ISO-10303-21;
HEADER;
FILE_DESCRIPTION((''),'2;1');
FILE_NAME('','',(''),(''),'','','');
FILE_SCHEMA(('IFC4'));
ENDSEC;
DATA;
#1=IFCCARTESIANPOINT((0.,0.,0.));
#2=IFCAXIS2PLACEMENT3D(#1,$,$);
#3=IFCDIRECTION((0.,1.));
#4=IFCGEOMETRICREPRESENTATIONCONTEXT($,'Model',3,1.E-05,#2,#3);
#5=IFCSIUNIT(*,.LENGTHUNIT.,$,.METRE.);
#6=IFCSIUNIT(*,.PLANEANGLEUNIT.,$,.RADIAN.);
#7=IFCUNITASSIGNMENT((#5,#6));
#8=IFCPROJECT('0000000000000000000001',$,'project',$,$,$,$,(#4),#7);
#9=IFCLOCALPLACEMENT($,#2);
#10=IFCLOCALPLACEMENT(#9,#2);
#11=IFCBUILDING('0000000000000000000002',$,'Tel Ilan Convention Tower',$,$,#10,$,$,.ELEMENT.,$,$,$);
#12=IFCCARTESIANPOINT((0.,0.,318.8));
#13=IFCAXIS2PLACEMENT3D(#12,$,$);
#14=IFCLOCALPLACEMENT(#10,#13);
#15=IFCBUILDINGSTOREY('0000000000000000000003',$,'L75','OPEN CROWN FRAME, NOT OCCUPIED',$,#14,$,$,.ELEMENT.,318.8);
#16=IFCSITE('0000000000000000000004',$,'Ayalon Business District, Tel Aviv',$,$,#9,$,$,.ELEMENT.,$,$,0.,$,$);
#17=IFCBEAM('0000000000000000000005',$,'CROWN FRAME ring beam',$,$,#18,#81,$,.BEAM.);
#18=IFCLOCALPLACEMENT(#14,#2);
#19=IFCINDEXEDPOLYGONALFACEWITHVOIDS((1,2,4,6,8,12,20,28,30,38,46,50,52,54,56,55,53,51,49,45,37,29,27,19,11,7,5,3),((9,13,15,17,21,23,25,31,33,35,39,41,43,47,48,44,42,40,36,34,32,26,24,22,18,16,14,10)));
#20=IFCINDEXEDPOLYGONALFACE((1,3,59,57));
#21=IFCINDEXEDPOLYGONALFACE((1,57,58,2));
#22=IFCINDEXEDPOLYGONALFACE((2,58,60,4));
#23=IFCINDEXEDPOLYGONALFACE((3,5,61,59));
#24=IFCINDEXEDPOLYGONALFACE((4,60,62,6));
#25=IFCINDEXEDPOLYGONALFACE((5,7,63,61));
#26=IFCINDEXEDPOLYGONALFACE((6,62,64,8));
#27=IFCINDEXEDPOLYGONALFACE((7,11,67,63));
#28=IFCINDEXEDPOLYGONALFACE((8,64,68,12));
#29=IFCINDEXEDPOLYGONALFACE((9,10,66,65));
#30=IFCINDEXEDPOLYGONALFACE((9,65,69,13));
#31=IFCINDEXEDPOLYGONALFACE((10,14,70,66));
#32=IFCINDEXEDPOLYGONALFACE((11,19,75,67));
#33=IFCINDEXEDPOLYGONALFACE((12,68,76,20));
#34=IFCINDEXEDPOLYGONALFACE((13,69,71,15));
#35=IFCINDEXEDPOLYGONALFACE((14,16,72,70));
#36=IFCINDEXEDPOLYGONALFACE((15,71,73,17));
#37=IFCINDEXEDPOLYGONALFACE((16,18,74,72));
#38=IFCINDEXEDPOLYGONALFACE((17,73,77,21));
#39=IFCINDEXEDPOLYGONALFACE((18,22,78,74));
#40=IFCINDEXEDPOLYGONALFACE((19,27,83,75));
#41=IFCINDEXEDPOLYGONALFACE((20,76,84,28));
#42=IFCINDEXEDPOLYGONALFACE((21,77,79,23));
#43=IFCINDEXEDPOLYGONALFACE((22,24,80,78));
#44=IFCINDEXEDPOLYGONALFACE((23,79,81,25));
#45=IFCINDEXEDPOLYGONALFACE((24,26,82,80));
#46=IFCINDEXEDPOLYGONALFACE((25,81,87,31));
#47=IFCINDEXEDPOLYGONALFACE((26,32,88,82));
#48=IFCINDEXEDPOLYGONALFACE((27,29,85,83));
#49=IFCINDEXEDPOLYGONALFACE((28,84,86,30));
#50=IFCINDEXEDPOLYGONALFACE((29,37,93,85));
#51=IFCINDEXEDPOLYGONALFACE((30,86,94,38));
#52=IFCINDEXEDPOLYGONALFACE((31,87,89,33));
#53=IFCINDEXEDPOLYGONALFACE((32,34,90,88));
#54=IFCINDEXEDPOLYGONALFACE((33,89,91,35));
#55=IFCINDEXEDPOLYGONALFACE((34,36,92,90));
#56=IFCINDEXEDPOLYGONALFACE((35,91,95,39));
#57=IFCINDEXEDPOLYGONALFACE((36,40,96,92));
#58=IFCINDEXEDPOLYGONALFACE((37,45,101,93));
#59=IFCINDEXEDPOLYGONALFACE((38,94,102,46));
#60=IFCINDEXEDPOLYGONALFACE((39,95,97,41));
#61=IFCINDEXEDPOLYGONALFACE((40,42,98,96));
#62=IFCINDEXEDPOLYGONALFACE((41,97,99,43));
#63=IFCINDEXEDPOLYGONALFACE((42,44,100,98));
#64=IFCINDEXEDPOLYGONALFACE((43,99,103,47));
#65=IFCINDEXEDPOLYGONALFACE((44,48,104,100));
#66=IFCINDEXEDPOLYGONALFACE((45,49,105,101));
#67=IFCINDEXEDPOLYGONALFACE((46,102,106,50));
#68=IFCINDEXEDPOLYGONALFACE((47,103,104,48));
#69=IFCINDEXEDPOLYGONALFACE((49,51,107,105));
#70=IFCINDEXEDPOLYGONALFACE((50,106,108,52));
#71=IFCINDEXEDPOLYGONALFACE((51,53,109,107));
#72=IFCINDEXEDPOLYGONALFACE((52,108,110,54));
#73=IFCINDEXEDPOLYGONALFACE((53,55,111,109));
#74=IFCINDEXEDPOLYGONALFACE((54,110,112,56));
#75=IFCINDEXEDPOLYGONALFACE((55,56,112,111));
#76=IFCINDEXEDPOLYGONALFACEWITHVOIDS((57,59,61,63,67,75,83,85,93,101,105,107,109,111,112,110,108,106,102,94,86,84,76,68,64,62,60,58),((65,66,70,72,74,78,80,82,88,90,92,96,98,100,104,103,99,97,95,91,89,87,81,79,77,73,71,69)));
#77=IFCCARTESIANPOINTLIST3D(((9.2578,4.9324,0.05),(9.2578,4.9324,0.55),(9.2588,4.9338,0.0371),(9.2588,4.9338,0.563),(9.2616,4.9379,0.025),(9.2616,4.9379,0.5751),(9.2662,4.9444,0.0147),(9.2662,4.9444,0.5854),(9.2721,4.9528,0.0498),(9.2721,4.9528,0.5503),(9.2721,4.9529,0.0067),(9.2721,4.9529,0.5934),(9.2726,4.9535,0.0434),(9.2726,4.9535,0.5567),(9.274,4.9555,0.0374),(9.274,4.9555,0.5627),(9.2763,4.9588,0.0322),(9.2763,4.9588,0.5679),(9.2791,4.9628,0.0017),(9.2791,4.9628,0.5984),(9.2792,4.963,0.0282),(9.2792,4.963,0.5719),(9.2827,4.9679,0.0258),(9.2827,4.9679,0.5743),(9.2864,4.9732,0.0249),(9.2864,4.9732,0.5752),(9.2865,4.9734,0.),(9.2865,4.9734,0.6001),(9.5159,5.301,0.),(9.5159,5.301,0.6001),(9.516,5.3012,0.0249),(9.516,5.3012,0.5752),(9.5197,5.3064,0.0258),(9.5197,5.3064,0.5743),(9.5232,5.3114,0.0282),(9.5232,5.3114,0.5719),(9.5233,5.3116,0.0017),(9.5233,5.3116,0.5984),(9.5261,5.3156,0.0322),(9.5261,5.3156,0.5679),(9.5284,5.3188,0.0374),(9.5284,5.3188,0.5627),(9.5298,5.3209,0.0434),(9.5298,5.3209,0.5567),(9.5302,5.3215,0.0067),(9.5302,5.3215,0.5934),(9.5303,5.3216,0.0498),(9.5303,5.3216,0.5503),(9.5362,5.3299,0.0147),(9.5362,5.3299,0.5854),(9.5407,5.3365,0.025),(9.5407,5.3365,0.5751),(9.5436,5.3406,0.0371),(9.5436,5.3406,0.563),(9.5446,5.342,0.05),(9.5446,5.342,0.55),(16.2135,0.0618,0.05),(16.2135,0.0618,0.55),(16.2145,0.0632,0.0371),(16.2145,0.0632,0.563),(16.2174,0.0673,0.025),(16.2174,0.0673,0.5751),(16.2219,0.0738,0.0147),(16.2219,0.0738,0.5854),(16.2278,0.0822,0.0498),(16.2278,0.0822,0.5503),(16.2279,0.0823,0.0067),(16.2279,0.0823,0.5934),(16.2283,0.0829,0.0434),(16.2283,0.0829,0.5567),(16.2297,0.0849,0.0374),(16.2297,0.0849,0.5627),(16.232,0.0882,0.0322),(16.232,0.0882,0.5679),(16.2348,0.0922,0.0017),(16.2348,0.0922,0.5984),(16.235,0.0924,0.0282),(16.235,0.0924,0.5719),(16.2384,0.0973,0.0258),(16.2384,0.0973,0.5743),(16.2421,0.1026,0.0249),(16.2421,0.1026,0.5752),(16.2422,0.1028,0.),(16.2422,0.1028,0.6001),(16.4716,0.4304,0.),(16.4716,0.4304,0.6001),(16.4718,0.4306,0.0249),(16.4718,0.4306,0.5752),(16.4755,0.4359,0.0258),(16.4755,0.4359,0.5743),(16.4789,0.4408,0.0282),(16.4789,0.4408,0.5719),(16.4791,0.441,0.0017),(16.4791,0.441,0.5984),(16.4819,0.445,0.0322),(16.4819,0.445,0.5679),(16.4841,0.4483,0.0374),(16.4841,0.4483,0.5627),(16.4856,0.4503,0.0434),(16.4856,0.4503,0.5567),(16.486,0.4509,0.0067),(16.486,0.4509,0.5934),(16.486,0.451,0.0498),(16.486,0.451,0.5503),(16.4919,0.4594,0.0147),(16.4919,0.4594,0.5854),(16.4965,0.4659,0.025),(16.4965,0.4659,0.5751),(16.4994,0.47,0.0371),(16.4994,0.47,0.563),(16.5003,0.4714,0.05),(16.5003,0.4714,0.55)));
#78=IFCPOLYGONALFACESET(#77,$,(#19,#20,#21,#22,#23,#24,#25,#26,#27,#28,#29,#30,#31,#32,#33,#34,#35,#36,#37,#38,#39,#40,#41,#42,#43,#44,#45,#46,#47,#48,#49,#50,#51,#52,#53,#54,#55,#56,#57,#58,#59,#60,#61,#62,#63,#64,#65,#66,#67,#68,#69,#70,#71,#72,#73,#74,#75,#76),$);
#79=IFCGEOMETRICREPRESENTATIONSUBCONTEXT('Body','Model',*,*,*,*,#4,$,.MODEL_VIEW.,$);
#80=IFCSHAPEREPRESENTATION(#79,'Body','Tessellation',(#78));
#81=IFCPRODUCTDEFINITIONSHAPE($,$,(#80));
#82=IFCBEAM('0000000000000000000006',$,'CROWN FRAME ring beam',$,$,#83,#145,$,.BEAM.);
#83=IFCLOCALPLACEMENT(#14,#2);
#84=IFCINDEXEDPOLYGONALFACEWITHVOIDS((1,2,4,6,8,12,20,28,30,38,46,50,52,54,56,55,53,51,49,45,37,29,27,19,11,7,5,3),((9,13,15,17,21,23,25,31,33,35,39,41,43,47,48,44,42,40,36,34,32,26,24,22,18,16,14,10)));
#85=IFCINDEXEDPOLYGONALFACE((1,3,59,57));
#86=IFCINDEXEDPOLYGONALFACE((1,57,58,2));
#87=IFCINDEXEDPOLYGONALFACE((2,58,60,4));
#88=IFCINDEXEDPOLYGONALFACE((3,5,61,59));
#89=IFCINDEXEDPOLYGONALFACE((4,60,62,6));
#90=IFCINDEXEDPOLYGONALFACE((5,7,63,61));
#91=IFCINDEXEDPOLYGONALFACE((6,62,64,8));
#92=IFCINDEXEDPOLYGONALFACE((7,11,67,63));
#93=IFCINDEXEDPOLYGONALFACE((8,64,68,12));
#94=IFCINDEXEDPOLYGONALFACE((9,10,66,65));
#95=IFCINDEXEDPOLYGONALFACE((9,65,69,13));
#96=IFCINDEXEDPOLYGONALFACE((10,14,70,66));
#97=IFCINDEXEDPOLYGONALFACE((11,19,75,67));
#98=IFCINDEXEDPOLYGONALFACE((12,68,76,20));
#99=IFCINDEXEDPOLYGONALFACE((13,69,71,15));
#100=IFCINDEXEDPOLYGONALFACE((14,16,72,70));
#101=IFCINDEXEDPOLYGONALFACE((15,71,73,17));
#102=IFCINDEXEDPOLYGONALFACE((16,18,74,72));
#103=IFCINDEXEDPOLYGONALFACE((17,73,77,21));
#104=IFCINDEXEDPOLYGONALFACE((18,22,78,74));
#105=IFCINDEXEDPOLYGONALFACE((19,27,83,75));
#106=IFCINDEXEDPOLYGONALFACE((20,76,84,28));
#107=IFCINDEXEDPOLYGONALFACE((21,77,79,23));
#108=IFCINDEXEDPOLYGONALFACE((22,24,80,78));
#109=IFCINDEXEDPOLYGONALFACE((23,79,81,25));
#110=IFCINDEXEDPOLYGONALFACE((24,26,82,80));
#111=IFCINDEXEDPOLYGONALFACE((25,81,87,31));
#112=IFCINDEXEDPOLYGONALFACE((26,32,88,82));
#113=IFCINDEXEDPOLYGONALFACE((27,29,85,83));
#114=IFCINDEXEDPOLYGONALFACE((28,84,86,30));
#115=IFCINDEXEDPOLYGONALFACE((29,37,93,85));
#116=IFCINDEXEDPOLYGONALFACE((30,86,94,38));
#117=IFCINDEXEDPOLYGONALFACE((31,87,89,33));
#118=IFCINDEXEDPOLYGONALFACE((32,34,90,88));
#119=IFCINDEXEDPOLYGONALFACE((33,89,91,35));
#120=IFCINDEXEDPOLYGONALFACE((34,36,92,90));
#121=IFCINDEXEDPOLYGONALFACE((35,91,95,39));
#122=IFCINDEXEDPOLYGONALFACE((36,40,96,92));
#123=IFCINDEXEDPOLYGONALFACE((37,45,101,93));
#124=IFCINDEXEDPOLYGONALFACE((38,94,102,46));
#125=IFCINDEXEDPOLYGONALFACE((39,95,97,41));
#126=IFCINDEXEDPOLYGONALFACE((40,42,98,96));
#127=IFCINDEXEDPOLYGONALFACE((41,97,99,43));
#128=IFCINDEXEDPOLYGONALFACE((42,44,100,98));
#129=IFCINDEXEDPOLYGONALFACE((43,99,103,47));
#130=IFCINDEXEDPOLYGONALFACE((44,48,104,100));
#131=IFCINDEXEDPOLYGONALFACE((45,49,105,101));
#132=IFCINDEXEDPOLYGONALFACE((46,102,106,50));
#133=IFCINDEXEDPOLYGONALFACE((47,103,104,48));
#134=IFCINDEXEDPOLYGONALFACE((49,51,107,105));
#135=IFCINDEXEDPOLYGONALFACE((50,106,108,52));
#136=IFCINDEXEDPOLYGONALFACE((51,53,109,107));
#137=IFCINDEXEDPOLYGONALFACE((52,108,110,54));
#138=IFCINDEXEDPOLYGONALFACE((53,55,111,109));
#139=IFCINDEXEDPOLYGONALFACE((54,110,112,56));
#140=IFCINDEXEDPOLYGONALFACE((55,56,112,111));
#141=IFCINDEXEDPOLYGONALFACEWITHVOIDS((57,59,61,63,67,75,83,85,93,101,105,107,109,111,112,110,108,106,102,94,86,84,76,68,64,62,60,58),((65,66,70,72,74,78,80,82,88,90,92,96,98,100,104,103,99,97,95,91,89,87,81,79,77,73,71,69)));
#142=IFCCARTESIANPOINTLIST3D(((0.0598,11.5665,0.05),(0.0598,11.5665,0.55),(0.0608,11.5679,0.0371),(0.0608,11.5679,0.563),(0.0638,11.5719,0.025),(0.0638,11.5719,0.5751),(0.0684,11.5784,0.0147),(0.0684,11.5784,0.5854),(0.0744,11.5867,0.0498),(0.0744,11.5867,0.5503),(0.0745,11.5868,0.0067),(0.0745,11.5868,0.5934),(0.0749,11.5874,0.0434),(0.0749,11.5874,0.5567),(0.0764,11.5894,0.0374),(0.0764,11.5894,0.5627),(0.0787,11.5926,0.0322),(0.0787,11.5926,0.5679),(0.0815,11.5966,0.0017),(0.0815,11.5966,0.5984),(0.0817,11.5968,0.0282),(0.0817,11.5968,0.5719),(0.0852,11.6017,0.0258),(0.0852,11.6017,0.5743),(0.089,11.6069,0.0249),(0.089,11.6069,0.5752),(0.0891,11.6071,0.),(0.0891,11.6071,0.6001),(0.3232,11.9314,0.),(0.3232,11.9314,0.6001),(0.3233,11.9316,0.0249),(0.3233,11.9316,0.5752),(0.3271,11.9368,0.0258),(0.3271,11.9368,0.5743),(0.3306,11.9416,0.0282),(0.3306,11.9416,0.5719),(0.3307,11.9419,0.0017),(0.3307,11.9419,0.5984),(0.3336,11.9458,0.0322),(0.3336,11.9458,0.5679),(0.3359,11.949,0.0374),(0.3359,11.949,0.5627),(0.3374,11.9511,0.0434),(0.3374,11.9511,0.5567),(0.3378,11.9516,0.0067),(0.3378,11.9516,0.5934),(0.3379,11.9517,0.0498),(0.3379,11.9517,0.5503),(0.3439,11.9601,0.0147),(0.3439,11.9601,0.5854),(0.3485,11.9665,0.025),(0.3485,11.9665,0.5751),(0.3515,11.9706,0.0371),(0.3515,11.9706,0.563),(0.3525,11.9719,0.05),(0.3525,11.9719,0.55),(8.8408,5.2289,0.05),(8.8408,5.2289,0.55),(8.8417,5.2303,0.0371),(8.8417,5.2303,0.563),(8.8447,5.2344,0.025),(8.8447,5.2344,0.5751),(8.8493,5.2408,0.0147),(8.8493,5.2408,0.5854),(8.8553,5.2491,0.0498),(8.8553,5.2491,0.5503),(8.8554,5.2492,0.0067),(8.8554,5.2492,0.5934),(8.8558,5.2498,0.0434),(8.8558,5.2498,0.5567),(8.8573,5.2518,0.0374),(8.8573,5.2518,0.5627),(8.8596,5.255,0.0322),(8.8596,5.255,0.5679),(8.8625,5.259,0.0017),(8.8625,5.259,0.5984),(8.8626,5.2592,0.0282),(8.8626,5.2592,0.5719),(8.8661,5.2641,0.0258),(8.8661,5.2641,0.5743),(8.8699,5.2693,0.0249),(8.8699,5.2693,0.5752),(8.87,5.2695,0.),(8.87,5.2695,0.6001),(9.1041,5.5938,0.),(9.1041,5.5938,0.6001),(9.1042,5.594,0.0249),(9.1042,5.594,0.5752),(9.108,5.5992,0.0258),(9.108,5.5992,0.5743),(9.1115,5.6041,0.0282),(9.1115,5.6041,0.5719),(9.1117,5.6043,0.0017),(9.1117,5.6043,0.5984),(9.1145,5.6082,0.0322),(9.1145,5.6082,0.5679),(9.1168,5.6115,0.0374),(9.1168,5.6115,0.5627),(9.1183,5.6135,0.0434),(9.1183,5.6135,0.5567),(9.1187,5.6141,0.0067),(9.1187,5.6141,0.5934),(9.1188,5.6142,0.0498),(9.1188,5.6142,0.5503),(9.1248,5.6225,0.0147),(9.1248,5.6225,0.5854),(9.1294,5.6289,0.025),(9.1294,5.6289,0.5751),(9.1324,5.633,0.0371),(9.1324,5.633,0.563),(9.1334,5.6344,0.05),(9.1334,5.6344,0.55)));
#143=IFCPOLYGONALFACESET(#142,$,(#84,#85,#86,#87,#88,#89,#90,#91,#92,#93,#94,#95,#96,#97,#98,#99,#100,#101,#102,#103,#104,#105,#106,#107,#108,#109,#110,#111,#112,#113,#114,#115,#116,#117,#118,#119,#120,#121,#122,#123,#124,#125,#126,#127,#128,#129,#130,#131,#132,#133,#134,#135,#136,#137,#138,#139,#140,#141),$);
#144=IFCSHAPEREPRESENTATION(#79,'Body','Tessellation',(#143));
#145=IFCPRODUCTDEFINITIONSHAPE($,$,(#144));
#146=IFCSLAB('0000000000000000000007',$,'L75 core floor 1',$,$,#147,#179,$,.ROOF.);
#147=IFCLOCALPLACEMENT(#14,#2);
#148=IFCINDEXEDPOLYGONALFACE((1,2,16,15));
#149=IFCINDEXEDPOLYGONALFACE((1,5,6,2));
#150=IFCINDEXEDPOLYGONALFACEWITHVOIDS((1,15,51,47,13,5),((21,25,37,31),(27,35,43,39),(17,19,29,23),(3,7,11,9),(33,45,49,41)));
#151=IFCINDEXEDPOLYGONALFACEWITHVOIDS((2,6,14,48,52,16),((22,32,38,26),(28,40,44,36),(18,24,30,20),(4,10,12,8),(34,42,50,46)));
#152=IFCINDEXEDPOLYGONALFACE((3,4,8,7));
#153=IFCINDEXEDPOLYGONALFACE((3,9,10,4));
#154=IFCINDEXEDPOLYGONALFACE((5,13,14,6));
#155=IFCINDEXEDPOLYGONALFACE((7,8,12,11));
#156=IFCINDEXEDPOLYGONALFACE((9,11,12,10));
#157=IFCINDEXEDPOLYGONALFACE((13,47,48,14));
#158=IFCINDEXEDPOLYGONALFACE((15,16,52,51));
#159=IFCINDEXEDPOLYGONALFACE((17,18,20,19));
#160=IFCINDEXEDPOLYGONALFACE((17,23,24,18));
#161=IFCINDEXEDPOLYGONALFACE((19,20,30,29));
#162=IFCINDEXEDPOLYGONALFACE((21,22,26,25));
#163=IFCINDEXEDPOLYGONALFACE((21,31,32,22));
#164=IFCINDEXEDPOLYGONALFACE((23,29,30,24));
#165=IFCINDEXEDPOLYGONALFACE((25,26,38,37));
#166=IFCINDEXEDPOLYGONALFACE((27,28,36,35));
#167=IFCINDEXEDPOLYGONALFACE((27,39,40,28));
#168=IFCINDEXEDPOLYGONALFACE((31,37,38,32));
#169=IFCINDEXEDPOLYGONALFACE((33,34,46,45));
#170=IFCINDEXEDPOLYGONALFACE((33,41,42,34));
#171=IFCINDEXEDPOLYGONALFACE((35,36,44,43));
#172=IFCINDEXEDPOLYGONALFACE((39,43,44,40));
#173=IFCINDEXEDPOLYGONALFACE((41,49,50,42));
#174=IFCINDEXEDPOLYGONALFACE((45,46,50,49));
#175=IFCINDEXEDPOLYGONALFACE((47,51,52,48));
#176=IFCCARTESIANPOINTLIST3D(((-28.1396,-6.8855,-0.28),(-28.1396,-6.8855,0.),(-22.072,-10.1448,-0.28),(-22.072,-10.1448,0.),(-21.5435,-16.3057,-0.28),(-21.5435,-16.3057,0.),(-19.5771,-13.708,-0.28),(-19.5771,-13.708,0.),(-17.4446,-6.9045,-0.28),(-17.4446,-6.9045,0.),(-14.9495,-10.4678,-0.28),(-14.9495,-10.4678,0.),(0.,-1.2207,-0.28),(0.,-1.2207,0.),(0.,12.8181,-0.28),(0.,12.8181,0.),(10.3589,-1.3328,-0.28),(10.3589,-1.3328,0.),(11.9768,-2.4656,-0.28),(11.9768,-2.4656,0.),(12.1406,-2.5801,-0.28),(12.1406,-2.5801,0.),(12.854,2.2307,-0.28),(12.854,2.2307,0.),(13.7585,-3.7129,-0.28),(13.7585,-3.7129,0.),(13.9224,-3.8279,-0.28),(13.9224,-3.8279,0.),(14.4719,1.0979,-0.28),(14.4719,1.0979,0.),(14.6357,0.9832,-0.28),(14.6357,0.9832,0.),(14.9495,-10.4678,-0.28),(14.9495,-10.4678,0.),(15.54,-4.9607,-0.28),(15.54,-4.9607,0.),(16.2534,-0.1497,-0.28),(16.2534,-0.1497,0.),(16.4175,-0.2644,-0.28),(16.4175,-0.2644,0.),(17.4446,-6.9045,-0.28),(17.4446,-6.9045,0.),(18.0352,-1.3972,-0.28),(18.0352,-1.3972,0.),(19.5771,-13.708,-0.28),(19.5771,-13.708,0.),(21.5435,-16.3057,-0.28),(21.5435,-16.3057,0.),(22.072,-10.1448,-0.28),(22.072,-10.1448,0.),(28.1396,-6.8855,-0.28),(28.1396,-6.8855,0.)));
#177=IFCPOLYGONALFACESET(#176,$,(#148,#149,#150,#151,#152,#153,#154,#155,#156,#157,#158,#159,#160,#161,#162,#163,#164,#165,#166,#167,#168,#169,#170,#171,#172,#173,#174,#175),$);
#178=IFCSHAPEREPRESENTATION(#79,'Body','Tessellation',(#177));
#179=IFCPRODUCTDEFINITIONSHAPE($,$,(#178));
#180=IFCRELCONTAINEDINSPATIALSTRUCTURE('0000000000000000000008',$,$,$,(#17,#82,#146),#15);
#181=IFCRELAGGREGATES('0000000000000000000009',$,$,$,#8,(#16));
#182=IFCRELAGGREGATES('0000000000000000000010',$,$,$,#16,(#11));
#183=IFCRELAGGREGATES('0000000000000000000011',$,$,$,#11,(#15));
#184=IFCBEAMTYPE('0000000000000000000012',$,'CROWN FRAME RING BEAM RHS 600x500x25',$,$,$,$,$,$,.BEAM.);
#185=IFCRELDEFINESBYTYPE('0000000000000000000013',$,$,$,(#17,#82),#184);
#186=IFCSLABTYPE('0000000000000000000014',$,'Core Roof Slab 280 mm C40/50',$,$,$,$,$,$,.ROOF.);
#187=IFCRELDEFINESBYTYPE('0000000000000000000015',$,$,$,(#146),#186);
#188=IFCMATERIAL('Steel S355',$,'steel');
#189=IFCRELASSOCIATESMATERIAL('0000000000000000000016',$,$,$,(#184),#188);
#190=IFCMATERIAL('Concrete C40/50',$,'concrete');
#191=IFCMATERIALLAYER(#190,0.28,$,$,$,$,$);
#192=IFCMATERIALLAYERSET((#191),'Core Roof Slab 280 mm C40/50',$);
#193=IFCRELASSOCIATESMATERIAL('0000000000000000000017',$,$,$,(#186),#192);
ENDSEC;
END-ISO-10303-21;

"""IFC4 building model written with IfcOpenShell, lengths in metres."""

from ifc_helpers import new_model, si_unit, direction, frame, origin, origin_2d, place, context, subcontext, project, spatial, polyline, hollow_rectangle, outline, extrude, material, layer, layer_set, material_profile, profile_set, type_object, element, save


model = new_model("IFC4")

# Units and contexts
model_context = context("Model", 3, precision=1e-05, world=origin(), true_north=direction((0.0, 1.0)))
body_context = subcontext(model_context, "Body", "Model", "MODEL_VIEW")
ifc_project = project(units=[si_unit("LENGTHUNIT", "METRE"), si_unit("PLANEANGLEUNIT", "RADIAN")], contexts=[model_context])

# Site, building, storey
site_placement = place(None, origin())
site = spatial("IfcSite", under=ifc_project, at=site_placement, Name="Ayalon Business District, Tel Aviv", CompositionType="ELEMENT", RefElevation=0.0)
building_placement = place(site_placement, origin())
building = spatial("IfcBuilding", under=site, at=building_placement, Name="Tel Ilan Convention Tower", CompositionType="ELEMENT")
storey_placement = place(building_placement, frame((0.0, 0.0, 318.8)))
storey = spatial("IfcBuildingStorey", under=building, at=storey_placement, Name="L75", Description="OPEN CROWN FRAME, NOT OCCUPIED", CompositionType="ELEMENT", Elevation=318.8)

# Beams
ifc_material_1 = material(Name="Steel S355", Category="steel")
ifc_material_profile_1 = material_profile(ifc_material_1, hollow_rectangle(XDim=0.5, YDim=0.6001, WallThickness=0.0249, InnerFilletRadius=0.0249, OuterFilletRadius=0.05, at=origin_2d()), Name="RHS 600x500x25")
ifc_profile_set_1 = profile_set([ifc_material_profile_1], Name="Steel S355")
beam_type = type_object("IfcBeamType", Name="CROWN FRAME RING BEAM RHS 600x500x25", PredefinedType="BEAM", material=ifc_profile_set_1)
beam_1_placement = place(storey_placement, frame((16.3569, 0.2666, 0.3), z_axis=(-0.819147, 0.573584, 0.0), x_axis=(-0.573584, -0.819147, 0.0)))
element("IfcBeam", 1, at=beam_1_placement, inside=storey, type_object=beam_type, Name="CROWN FRAME ring beam", PredefinedType="BEAM", context=body_context, shape_type="SweptSolid", body=[
    extrude(hollow_rectangle(XDim=0.5, YDim=0.6001, WallThickness=0.0249, InnerFilletRadius=0.0249, OuterFilletRadius=0.05, at=origin_2d()), origin(), (0.0, 0.0, 1.0), 8.4915),
])
beam_2_placement = place(storey_placement, frame((8.9871, 5.4316, 0.3), z_axis=(-0.810863, 0.585236, 0.0), x_axis=(-0.585236, -0.810863, 0.0)))
element("IfcBeam", 2, at=beam_2_placement, inside=storey, type_object=beam_type, Name="CROWN FRAME ring beam", PredefinedType="BEAM", context=body_context, shape_type="SweptSolid", body=[
    extrude(hollow_rectangle(XDim=0.5, YDim=0.6001, WallThickness=0.0249, InnerFilletRadius=0.0249, OuterFilletRadius=0.05, at=origin_2d()), origin(), (0.0, 0.0, 1.0), 10.8291),
])

# Slab
ifc_material_2 = material(Name="Concrete C40/50", Category="concrete")
ifc_layer_1 = layer(ifc_material_2, 0.28)
ifc_layer_set_1 = layer_set([ifc_layer_1], Name="Core Roof Slab 280 mm C40/50")
slab_type_1 = type_object("IfcSlabType", Name="Core Roof Slab 280 mm C40/50", PredefinedType="ROOF", material=ifc_layer_set_1)
slab_1_placement = place(storey_placement, frame((0.0, 0.0, -0.28)))
element("IfcSlab", 3, at=slab_1_placement, inside=storey, type_object=slab_type_1, Name="L75 core floor 1", PredefinedType="ROOF", context=body_context, shape_type="SweptSolid", body=[
    extrude(outline(polyline([(-28.1396, -6.8855), (0.0, 12.8181), (28.1396, -6.8855), (21.5435, -16.3057), (0.0, -1.2207), (-21.5435, -16.3057), (-28.1396, -6.8855)]), holes=[polyline([(-22.072, -10.1448), (-19.5771, -13.708), (-14.9495, -10.4678), (-17.4446, -6.9045), (-22.072, -10.1448)]), polyline([(19.5771, -13.708), (22.072, -10.1448), (17.4446, -6.9045), (14.9495, -10.4678), (19.5771, -13.708)]), polyline([(16.4175, -0.2644), (13.9224, -3.8279), (15.54, -4.9607), (18.0352, -1.3972), (16.4175, -0.2644)]), polyline([(16.2534, -0.1497), (14.6357, 0.9832), (12.1406, -2.5801), (13.7585, -3.7129), (16.2534, -0.1497)]), polyline([(14.4719, 1.0979), (12.854, 2.2307), (10.3589, -1.3328), (11.9768, -2.4656), (14.4719, 1.0979)])]), origin(), (0.0, 0.0, 1.0), 0.28),
])

save(model, "model.ifc")
